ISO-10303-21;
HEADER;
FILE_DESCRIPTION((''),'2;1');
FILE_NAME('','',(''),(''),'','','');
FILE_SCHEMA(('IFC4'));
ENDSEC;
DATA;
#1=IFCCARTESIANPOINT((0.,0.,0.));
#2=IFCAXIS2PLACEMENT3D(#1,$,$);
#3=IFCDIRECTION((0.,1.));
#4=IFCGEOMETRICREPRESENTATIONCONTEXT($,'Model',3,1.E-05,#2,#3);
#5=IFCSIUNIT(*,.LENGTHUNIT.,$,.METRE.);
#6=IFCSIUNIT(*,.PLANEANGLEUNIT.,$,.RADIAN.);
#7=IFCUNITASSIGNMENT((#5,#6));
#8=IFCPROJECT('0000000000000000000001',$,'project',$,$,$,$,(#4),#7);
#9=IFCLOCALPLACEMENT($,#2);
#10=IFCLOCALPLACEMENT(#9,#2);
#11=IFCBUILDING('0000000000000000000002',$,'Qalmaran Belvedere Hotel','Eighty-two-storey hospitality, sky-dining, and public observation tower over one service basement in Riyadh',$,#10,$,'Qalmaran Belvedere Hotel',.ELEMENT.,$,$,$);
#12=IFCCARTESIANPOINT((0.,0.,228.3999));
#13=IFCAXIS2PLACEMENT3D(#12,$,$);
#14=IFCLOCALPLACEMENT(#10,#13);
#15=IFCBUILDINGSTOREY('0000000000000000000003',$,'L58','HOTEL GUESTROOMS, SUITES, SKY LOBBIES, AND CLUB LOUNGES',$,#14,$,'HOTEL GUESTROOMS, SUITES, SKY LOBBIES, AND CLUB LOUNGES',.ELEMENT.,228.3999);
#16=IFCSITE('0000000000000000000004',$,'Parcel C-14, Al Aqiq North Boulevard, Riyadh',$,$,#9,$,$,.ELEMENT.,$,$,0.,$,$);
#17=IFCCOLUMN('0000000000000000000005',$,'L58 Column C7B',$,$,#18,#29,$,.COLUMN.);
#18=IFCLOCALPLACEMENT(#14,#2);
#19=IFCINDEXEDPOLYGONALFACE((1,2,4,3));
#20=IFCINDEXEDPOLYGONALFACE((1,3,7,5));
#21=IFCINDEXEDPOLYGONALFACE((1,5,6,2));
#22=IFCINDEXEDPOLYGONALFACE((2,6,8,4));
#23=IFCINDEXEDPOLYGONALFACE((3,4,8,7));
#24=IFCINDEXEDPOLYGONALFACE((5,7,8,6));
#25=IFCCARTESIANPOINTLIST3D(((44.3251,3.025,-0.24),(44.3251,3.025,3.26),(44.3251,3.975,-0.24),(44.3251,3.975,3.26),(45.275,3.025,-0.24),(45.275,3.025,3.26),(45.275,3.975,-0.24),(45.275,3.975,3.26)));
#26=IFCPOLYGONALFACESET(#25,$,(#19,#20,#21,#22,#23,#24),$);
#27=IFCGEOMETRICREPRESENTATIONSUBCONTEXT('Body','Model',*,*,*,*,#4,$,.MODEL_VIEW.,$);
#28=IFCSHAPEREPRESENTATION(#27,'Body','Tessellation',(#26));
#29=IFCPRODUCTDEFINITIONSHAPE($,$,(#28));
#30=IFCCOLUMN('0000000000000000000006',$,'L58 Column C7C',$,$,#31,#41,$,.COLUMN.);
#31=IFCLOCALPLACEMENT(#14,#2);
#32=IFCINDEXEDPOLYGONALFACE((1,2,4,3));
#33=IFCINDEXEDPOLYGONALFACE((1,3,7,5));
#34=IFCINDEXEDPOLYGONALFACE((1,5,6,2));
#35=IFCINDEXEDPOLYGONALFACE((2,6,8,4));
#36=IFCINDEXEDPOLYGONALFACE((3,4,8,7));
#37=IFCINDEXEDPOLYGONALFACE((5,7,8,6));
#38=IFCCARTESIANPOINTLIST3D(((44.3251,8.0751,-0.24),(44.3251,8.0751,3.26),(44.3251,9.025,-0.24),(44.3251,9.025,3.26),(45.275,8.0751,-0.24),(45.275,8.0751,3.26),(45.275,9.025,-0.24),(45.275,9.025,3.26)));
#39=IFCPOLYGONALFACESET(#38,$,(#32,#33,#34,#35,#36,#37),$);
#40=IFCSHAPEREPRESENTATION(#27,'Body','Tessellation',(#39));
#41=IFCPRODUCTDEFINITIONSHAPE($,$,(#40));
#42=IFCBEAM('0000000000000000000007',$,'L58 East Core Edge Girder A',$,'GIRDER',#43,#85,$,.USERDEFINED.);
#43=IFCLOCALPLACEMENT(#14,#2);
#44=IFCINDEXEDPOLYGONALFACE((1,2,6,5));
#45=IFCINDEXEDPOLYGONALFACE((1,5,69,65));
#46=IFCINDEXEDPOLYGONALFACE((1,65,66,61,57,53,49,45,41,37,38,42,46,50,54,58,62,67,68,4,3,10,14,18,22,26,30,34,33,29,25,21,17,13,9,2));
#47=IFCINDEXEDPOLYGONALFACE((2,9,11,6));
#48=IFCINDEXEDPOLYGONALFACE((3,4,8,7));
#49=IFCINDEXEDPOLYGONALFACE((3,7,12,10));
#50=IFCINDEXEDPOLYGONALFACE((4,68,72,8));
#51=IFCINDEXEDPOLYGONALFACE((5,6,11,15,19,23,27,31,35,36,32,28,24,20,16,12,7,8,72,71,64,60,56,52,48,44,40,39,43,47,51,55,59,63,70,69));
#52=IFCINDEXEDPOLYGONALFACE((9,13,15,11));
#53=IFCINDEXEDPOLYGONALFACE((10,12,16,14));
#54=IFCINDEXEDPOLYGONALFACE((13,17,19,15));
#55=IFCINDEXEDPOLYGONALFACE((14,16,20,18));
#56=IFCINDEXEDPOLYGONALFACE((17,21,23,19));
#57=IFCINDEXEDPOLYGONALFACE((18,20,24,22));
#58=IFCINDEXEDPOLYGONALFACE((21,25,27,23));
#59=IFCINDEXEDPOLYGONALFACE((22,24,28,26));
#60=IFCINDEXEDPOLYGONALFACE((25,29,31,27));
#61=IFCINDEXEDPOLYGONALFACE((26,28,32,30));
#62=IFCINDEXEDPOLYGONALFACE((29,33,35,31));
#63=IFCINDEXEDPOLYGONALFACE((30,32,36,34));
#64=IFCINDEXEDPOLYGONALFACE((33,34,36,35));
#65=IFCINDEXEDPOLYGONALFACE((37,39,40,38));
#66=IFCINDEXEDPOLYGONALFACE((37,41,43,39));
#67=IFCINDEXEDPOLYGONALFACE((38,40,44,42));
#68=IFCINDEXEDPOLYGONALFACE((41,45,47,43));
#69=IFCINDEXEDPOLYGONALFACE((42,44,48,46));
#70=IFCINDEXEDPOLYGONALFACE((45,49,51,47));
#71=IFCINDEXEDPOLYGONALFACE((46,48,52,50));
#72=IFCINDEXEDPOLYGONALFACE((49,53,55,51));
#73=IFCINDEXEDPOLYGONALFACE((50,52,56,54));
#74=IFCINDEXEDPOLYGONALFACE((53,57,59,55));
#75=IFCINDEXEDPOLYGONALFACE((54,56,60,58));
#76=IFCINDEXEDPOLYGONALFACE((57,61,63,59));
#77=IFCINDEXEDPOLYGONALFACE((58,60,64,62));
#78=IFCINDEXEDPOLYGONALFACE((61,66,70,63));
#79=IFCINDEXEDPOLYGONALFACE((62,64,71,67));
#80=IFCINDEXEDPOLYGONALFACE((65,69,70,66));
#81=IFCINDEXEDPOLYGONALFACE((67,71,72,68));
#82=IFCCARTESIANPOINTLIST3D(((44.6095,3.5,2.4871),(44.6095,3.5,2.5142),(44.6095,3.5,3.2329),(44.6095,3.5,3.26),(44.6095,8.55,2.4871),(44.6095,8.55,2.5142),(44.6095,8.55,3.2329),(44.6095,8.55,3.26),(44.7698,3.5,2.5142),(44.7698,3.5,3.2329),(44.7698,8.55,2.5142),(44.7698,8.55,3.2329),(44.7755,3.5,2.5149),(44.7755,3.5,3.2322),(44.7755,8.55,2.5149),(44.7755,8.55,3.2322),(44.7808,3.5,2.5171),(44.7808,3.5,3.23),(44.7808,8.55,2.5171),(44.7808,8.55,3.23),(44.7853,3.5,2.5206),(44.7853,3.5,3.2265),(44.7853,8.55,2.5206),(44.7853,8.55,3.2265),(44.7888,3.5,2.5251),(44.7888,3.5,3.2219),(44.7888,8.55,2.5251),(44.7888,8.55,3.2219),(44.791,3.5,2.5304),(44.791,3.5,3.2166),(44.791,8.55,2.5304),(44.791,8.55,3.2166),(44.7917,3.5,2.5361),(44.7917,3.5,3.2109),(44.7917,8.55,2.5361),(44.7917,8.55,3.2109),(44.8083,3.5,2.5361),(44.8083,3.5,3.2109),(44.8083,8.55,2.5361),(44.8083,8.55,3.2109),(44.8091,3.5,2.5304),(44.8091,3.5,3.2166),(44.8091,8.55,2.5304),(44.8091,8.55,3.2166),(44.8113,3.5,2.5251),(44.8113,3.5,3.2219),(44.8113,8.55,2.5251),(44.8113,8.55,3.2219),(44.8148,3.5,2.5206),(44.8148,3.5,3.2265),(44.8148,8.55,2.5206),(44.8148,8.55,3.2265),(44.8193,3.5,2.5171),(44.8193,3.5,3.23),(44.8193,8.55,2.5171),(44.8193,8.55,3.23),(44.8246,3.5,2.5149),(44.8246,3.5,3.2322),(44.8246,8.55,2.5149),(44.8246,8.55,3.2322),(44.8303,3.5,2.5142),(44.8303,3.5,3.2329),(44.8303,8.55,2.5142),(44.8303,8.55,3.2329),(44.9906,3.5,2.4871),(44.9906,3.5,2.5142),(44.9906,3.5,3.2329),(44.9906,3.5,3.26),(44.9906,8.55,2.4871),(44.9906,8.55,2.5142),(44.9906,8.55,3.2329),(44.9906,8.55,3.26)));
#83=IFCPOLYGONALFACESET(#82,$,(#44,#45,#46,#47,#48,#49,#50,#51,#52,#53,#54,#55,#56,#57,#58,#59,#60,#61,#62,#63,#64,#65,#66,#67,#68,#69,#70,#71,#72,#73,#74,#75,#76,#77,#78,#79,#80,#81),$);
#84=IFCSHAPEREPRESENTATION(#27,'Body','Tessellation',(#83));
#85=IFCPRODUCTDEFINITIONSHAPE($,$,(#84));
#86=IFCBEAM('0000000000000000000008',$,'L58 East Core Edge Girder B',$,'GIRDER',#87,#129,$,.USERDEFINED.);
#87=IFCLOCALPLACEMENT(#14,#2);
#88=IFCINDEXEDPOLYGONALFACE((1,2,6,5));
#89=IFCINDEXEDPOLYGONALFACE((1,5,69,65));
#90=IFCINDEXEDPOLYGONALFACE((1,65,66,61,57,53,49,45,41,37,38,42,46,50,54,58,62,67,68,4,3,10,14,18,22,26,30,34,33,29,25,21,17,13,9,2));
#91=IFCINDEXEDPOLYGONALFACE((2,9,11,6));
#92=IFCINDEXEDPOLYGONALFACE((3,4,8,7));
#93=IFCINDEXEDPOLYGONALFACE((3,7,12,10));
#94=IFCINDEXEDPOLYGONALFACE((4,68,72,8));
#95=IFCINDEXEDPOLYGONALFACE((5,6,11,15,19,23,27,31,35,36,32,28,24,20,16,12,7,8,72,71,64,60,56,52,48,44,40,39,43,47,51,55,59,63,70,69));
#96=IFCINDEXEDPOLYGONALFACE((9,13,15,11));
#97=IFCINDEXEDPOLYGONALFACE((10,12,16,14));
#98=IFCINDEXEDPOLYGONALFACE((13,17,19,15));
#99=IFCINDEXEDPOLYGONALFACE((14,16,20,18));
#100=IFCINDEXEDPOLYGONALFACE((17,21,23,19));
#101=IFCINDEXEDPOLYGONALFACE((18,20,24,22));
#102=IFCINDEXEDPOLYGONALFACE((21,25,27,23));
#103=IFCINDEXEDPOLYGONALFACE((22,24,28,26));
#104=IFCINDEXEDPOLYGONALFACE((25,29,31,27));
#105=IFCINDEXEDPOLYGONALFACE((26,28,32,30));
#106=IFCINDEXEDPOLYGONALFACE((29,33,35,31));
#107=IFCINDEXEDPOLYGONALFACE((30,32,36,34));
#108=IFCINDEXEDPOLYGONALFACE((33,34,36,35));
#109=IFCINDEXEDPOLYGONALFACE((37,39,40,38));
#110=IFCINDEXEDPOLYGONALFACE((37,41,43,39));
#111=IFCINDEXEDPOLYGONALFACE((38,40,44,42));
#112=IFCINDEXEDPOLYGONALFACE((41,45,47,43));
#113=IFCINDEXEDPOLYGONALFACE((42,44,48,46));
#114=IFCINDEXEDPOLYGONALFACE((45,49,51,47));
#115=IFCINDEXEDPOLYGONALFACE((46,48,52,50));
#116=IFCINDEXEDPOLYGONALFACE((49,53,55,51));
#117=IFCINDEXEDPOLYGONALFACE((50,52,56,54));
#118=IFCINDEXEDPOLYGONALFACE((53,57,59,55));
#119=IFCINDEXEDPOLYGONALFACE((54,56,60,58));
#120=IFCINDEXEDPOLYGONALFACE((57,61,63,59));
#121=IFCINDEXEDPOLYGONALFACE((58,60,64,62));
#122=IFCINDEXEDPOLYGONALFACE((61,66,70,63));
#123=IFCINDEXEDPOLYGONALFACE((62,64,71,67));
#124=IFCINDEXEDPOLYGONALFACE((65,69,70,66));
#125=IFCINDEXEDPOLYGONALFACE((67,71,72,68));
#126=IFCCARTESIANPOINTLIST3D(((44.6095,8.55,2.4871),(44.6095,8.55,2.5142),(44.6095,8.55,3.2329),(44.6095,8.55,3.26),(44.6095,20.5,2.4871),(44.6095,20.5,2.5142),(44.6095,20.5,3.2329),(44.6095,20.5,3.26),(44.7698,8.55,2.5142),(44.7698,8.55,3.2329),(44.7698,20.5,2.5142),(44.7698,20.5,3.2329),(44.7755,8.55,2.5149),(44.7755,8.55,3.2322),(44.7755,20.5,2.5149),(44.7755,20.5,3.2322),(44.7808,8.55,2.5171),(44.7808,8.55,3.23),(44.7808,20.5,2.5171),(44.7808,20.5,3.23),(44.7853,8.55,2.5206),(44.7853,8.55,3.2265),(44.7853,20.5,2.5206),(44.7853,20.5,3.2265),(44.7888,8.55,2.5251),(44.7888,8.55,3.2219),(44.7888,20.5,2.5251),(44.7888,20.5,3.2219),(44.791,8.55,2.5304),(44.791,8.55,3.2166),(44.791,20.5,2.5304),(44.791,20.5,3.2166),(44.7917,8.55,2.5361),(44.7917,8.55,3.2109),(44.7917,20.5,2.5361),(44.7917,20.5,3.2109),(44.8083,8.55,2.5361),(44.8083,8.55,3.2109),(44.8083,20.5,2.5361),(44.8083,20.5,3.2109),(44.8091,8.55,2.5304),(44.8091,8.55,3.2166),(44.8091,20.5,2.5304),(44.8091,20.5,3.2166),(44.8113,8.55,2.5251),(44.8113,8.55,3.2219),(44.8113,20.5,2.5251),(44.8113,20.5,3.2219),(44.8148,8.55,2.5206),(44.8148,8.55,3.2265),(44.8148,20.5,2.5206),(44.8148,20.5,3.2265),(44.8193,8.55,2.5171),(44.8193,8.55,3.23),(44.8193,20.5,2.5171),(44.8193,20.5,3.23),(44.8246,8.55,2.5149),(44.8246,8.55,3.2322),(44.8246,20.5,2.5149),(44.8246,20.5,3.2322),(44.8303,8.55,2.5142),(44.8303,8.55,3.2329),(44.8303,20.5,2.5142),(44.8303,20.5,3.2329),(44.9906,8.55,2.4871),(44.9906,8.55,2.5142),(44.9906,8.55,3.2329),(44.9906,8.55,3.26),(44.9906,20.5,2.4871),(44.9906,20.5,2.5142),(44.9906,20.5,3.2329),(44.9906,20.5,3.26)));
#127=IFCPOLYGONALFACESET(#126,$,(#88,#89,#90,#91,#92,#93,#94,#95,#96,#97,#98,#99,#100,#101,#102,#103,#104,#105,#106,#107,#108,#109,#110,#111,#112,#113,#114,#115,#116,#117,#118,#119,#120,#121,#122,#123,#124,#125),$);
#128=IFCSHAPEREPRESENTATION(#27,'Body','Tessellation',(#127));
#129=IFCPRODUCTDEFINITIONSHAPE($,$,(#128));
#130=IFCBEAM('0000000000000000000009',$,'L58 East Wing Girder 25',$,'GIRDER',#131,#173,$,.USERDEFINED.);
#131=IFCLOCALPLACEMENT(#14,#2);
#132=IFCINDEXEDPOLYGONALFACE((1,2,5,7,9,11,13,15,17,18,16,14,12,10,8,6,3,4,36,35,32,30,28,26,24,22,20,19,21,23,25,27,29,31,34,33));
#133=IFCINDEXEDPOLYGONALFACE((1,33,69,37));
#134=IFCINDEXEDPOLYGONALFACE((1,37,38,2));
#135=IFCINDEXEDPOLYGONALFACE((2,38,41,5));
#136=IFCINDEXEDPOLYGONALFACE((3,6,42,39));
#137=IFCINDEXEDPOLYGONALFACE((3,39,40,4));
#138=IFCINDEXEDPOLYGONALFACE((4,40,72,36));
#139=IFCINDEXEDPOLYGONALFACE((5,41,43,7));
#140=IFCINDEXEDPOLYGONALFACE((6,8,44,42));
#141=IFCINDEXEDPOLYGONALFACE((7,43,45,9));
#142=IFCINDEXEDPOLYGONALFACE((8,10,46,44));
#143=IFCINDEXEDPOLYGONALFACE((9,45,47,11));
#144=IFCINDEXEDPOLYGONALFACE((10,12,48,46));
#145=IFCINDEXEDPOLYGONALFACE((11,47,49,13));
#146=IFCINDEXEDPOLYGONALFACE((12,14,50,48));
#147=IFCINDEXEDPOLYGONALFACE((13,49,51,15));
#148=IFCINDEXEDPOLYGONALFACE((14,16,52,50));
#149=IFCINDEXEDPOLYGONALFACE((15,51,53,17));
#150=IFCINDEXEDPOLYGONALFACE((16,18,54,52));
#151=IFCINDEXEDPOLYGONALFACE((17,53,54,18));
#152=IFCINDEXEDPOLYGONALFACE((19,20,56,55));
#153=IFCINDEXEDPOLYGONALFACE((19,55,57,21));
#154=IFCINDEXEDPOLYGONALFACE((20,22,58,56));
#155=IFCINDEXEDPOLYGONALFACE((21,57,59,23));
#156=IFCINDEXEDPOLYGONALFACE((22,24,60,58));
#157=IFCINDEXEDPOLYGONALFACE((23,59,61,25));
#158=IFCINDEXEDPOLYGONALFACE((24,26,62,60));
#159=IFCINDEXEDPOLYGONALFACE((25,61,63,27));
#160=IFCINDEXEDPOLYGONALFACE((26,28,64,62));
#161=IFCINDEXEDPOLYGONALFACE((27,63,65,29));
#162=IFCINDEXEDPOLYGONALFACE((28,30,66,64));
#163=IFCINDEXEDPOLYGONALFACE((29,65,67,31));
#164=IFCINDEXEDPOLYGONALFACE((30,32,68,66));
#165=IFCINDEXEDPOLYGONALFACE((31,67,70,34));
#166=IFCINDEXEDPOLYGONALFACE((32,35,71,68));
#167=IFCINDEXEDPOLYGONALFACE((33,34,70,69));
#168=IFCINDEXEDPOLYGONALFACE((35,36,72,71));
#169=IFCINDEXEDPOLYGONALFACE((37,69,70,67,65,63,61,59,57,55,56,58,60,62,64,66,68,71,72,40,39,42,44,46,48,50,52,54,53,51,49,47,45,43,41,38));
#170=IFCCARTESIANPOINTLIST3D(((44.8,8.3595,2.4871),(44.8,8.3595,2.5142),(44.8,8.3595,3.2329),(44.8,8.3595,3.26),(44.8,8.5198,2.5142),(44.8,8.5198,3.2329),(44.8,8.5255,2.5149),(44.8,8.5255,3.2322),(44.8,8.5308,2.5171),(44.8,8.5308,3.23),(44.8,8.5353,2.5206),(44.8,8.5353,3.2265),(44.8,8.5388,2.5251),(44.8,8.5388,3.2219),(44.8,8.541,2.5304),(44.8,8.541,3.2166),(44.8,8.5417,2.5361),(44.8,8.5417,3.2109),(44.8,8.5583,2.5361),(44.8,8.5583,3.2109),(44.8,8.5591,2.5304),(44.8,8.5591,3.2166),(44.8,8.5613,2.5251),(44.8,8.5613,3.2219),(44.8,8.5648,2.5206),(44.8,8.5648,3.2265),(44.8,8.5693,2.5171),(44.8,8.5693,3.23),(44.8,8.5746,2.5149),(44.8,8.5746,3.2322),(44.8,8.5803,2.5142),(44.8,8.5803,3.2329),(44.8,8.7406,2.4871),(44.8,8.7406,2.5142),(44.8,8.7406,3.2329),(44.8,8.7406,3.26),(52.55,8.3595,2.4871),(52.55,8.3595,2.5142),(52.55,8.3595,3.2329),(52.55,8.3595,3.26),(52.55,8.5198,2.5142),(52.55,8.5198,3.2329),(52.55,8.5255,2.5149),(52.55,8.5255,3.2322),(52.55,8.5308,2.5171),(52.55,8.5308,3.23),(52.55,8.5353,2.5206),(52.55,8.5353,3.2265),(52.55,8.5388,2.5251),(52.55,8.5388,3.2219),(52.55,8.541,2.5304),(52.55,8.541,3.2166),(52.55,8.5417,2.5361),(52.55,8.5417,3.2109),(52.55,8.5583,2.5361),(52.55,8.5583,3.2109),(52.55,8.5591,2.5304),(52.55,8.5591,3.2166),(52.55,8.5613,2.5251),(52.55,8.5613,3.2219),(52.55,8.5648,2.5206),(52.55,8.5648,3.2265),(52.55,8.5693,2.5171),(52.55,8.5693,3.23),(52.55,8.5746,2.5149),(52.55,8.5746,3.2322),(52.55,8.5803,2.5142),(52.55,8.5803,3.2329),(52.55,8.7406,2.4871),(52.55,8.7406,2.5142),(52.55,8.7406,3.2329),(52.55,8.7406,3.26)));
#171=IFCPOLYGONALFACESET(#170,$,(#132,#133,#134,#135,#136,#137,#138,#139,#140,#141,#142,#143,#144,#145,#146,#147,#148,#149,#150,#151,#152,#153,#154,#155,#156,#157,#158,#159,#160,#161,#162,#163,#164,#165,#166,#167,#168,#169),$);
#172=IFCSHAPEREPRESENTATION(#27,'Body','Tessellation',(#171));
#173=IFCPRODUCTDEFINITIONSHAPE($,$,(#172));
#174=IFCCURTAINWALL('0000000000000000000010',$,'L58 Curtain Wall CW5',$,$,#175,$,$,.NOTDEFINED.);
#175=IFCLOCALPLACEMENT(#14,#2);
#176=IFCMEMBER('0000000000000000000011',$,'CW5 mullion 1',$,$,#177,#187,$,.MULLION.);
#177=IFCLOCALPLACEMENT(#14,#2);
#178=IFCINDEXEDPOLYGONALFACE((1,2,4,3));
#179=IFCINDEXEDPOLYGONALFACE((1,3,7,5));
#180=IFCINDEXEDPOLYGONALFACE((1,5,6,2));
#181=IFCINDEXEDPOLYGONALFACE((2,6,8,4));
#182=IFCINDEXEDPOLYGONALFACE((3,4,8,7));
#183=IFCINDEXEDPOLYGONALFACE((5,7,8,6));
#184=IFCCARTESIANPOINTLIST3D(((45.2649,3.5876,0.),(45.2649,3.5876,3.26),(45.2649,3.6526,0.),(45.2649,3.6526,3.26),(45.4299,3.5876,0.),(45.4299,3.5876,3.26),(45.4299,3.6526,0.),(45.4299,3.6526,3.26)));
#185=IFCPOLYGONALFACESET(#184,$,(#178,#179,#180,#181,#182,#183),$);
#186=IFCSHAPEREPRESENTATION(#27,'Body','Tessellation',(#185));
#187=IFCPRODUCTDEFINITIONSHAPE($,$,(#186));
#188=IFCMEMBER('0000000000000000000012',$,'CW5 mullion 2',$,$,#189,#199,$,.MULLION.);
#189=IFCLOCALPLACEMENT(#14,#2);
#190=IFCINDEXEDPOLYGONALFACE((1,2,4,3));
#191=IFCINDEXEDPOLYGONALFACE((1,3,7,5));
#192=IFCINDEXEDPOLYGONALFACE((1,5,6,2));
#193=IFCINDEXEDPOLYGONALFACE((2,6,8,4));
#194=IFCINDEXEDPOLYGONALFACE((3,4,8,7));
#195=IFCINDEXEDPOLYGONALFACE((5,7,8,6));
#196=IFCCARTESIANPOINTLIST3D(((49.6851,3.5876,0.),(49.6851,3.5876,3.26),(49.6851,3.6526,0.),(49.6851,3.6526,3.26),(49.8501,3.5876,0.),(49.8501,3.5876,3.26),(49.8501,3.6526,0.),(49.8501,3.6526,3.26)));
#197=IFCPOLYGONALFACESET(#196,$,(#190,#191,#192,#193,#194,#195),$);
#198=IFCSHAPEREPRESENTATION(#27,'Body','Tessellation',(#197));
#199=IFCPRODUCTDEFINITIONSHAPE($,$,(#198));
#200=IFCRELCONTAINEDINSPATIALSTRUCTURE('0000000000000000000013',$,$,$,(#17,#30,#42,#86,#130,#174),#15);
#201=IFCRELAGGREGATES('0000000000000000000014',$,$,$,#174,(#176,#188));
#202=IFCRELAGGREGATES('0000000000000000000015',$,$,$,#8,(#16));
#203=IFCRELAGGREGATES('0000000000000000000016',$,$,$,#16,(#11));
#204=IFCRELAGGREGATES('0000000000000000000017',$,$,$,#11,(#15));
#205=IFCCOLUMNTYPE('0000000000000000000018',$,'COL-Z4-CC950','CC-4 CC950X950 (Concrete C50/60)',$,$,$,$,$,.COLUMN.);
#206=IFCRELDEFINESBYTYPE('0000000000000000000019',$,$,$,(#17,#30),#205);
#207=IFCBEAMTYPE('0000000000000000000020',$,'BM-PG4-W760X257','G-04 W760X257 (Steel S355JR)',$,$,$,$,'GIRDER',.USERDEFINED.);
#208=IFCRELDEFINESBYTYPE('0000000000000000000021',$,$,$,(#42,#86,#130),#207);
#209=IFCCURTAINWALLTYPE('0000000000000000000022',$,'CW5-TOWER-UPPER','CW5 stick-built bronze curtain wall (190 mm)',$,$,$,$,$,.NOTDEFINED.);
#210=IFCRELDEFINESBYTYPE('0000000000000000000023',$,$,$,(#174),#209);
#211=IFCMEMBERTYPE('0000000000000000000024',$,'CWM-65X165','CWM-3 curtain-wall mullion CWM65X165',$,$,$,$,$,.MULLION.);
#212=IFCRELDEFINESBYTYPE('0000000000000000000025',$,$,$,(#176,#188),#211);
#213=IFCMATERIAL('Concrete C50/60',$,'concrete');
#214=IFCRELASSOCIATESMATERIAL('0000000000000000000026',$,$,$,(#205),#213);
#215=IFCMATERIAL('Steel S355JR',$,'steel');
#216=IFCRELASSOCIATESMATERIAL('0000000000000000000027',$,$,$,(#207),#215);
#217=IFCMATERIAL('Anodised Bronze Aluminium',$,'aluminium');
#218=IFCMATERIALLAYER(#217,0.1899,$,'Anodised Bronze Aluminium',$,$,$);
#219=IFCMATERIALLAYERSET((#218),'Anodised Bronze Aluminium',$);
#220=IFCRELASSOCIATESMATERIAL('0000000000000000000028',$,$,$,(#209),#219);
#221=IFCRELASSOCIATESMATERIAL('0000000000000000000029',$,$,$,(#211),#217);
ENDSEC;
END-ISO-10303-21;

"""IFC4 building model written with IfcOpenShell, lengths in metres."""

from ifc_helpers import new_model, si_unit, direction, frame, origin, origin_2d, place, context, subcontext, project, spatial, rectangle, i_section, extrude, material, layer, layer_set, material_profile, profile_set, type_object, element, aggregate, save


model = new_model("IFC4")

# Units and contexts
model_context = context("Model", 3, precision=1e-05, world=origin(), true_north=direction((0.0, 1.0)))
body_context = subcontext(model_context, "Body", "Model", "MODEL_VIEW")
ifc_project = project(units=[si_unit("LENGTHUNIT", "METRE"), si_unit("PLANEANGLEUNIT", "RADIAN")], contexts=[model_context])

# Site, building, storey
site_placement = place(None, origin())
site = spatial("IfcSite", under=ifc_project, at=site_placement, Name="Parcel C-14, Al Aqiq North Boulevard, Riyadh", CompositionType="ELEMENT", RefElevation=0.0)
building_placement = place(site_placement, origin())
building = spatial("IfcBuilding", under=site, at=building_placement, Name="Qalmaran Belvedere Hotel", Description="Eighty-two-storey hospitality, sky-dining, and public observation tower over one service basement in Riyadh", LongName="Qalmaran Belvedere Hotel", CompositionType="ELEMENT")
storey_placement = place(building_placement, frame((0.0, 0.0, 228.3999)))
storey = spatial("IfcBuildingStorey", under=building, at=storey_placement, Name="L58", Description="HOTEL GUESTROOMS, SUITES, SKY LOBBIES, AND CLUB LOUNGES", LongName="HOTEL GUESTROOMS, SUITES, SKY LOBBIES, AND CLUB LOUNGES", CompositionType="ELEMENT", Elevation=228.3999)

# Columns
ifc_material_1 = material(Name="Concrete C50/60", Category="concrete")
ifc_material_profile_1 = material_profile(ifc_material_1, rectangle(XDim=0.95, YDim=0.95, at=origin_2d()), Name="CC950X950")
ifc_profile_set_1 = profile_set([ifc_material_profile_1], Name="Concrete C50/60")
column_type = type_object("IfcColumnType", Name="COL-Z4-CC950", Description="CC-4 CC950X950 (Concrete C50/60)", PredefinedType="COLUMN", material=ifc_profile_set_1)
for number, where, z_axis, x_axis, name in (
    (1, (44.8, 3.5, -0.24), (0.0, 0.0, 1.0), (1.0, 0.0, 0.0), "L58 Column C7B"),
    (2, (44.8, 8.55, -0.24), (0.0, 0.0, 1.0), (1.0, 0.0, 0.0), "L58 Column C7C"),
):
    element("IfcColumn", number, at=place(storey_placement, frame(where, z_axis=z_axis, x_axis=x_axis)), inside=storey, type_object=column_type, Name=name, PredefinedType="COLUMN", context=body_context, shape_type="SweptSolid", body=[
        extrude(rectangle(XDim=0.95, YDim=0.95, at=origin_2d()), origin(), (0.0, 0.0, 1.0), 3.5),
    ])

# Beams
ifc_material_2 = material(Name="Steel S355JR", Category="steel")
ifc_material_profile_2 = material_profile(ifc_material_2, i_section(OverallWidth=0.3811, OverallDepth=0.7729, WebThickness=0.0166, FlangeThickness=0.0271, FilletRadius=0.022, at=origin_2d()), Name="W760X257")
ifc_profile_set_2 = profile_set([ifc_material_profile_2], Name="Steel S355JR")
beam_type = type_object("IfcBeamType", Name="BM-PG4-W760X257", Description="G-04 W760X257 (Steel S355JR)", ElementType="GIRDER", PredefinedType="USERDEFINED", material=ifc_profile_set_2)
beam_1_placement = place(storey_placement, frame((44.8, 3.5, 2.8735), z_axis=(0.0, 1.0, 0.0), x_axis=(-1.0, 0.0, 0.0)))
element("IfcBeam", 3, at=beam_1_placement, inside=storey, type_object=beam_type, Name="L58 East Core Edge Girder A", ObjectType="GIRDER", PredefinedType="USERDEFINED", context=body_context, shape_type="SweptSolid", body=[
    extrude(i_section(OverallWidth=0.3811, OverallDepth=0.7729, WebThickness=0.0166, FlangeThickness=0.0271, FilletRadius=0.022, at=origin_2d()), origin(), (0.0, 0.0, 1.0), 5.05),
])
beam_2_placement = place(storey_placement, frame((44.8, 8.55, 2.8735), z_axis=(0.0, 1.0, 0.0), x_axis=(-1.0, 0.0, 0.0)))
element("IfcBeam", 4, at=beam_2_placement, inside=storey, type_object=beam_type, Name="L58 East Core Edge Girder B", ObjectType="GIRDER", PredefinedType="USERDEFINED", context=body_context, shape_type="SweptSolid", body=[
    extrude(i_section(OverallWidth=0.3811, OverallDepth=0.7729, WebThickness=0.0166, FlangeThickness=0.0271, FilletRadius=0.022, at=origin_2d()), origin(), (0.0, 0.0, 1.0), 11.95),
])
beam_3_placement = place(storey_placement, frame((44.8, 8.55, 2.8735), z_axis=(1.0, 0.0, 0.0), x_axis=(0.0, 1.0, 0.0)))
element("IfcBeam", 5, at=beam_3_placement, inside=storey, type_object=beam_type, Name="L58 East Wing Girder 25", ObjectType="GIRDER", PredefinedType="USERDEFINED", context=body_context, shape_type="SweptSolid", body=[
    extrude(i_section(OverallWidth=0.3811, OverallDepth=0.7729, WebThickness=0.0166, FlangeThickness=0.0271, FilletRadius=0.022, at=origin_2d()), origin(), (0.0, 0.0, 1.0), 7.75),
])

# Curtain wall, members
ifc_material_3 = material(Name="Anodised Bronze Aluminium", Category="aluminium")
ifc_layer_1 = layer(ifc_material_3, 0.1899, Name="Anodised Bronze Aluminium")
ifc_layer_set_1 = layer_set([ifc_layer_1], Name="Anodised Bronze Aluminium")
curtain_wall_type = type_object("IfcCurtainWallType", Name="CW5-TOWER-UPPER", Description="CW5 stick-built bronze curtain wall (190 mm)", PredefinedType="NOTDEFINED", material=ifc_layer_set_1)
curtain_wall_1_placement = place(storey_placement, origin())
curtain_wall_1 = element("IfcCurtainWall", 6, at=curtain_wall_1_placement, inside=storey, type_object=curtain_wall_type, Name="L58 Curtain Wall CW5", PredefinedType="NOTDEFINED")
ifc_material_profile_3 = material_profile(ifc_material_3, rectangle(XDim=0.0649, YDim=0.165, at=origin_2d()), Name="CWM65X165")
ifc_profile_set_3 = profile_set([ifc_material_profile_3], Name="Anodised Bronze Aluminium")
member_type_1 = type_object("IfcMemberType", Name="CWM-65X165", Description="CWM-3 curtain-wall mullion CWM65X165", PredefinedType="MULLION", material=ifc_profile_set_3)
member_1_placement = place(storey_placement, frame((45.3474, 3.6201, 0.0), z_axis=(0.0, 0.0, 1.0), x_axis=(0.0, 1.0, 0.0)))
member_1 = element("IfcMember", 7, at=member_1_placement, type_object=member_type_1, Name="CW5 mullion 1", PredefinedType="MULLION", context=body_context, shape_type="SweptSolid", body=[
    extrude(rectangle(XDim=0.0649, YDim=0.165, at=origin_2d()), origin(), (0.0, 0.0, 1.0), 3.26),
])
member_2_placement = place(storey_placement, frame((49.7676, 3.6201, 0.0), z_axis=(0.0, 0.0, 1.0), x_axis=(0.0, 1.0, 0.0)))
member_2 = element("IfcMember", 8, at=member_2_placement, type_object=member_type_1, Name="CW5 mullion 2", PredefinedType="MULLION", context=body_context, shape_type="SweptSolid", body=[
    extrude(rectangle(XDim=0.0649, YDim=0.165, at=origin_2d()), origin(), (0.0, 0.0, 1.0), 3.26),
])

aggregate(curtain_wall_1, [member_1, member_2])

save(model, "model.ifc")
